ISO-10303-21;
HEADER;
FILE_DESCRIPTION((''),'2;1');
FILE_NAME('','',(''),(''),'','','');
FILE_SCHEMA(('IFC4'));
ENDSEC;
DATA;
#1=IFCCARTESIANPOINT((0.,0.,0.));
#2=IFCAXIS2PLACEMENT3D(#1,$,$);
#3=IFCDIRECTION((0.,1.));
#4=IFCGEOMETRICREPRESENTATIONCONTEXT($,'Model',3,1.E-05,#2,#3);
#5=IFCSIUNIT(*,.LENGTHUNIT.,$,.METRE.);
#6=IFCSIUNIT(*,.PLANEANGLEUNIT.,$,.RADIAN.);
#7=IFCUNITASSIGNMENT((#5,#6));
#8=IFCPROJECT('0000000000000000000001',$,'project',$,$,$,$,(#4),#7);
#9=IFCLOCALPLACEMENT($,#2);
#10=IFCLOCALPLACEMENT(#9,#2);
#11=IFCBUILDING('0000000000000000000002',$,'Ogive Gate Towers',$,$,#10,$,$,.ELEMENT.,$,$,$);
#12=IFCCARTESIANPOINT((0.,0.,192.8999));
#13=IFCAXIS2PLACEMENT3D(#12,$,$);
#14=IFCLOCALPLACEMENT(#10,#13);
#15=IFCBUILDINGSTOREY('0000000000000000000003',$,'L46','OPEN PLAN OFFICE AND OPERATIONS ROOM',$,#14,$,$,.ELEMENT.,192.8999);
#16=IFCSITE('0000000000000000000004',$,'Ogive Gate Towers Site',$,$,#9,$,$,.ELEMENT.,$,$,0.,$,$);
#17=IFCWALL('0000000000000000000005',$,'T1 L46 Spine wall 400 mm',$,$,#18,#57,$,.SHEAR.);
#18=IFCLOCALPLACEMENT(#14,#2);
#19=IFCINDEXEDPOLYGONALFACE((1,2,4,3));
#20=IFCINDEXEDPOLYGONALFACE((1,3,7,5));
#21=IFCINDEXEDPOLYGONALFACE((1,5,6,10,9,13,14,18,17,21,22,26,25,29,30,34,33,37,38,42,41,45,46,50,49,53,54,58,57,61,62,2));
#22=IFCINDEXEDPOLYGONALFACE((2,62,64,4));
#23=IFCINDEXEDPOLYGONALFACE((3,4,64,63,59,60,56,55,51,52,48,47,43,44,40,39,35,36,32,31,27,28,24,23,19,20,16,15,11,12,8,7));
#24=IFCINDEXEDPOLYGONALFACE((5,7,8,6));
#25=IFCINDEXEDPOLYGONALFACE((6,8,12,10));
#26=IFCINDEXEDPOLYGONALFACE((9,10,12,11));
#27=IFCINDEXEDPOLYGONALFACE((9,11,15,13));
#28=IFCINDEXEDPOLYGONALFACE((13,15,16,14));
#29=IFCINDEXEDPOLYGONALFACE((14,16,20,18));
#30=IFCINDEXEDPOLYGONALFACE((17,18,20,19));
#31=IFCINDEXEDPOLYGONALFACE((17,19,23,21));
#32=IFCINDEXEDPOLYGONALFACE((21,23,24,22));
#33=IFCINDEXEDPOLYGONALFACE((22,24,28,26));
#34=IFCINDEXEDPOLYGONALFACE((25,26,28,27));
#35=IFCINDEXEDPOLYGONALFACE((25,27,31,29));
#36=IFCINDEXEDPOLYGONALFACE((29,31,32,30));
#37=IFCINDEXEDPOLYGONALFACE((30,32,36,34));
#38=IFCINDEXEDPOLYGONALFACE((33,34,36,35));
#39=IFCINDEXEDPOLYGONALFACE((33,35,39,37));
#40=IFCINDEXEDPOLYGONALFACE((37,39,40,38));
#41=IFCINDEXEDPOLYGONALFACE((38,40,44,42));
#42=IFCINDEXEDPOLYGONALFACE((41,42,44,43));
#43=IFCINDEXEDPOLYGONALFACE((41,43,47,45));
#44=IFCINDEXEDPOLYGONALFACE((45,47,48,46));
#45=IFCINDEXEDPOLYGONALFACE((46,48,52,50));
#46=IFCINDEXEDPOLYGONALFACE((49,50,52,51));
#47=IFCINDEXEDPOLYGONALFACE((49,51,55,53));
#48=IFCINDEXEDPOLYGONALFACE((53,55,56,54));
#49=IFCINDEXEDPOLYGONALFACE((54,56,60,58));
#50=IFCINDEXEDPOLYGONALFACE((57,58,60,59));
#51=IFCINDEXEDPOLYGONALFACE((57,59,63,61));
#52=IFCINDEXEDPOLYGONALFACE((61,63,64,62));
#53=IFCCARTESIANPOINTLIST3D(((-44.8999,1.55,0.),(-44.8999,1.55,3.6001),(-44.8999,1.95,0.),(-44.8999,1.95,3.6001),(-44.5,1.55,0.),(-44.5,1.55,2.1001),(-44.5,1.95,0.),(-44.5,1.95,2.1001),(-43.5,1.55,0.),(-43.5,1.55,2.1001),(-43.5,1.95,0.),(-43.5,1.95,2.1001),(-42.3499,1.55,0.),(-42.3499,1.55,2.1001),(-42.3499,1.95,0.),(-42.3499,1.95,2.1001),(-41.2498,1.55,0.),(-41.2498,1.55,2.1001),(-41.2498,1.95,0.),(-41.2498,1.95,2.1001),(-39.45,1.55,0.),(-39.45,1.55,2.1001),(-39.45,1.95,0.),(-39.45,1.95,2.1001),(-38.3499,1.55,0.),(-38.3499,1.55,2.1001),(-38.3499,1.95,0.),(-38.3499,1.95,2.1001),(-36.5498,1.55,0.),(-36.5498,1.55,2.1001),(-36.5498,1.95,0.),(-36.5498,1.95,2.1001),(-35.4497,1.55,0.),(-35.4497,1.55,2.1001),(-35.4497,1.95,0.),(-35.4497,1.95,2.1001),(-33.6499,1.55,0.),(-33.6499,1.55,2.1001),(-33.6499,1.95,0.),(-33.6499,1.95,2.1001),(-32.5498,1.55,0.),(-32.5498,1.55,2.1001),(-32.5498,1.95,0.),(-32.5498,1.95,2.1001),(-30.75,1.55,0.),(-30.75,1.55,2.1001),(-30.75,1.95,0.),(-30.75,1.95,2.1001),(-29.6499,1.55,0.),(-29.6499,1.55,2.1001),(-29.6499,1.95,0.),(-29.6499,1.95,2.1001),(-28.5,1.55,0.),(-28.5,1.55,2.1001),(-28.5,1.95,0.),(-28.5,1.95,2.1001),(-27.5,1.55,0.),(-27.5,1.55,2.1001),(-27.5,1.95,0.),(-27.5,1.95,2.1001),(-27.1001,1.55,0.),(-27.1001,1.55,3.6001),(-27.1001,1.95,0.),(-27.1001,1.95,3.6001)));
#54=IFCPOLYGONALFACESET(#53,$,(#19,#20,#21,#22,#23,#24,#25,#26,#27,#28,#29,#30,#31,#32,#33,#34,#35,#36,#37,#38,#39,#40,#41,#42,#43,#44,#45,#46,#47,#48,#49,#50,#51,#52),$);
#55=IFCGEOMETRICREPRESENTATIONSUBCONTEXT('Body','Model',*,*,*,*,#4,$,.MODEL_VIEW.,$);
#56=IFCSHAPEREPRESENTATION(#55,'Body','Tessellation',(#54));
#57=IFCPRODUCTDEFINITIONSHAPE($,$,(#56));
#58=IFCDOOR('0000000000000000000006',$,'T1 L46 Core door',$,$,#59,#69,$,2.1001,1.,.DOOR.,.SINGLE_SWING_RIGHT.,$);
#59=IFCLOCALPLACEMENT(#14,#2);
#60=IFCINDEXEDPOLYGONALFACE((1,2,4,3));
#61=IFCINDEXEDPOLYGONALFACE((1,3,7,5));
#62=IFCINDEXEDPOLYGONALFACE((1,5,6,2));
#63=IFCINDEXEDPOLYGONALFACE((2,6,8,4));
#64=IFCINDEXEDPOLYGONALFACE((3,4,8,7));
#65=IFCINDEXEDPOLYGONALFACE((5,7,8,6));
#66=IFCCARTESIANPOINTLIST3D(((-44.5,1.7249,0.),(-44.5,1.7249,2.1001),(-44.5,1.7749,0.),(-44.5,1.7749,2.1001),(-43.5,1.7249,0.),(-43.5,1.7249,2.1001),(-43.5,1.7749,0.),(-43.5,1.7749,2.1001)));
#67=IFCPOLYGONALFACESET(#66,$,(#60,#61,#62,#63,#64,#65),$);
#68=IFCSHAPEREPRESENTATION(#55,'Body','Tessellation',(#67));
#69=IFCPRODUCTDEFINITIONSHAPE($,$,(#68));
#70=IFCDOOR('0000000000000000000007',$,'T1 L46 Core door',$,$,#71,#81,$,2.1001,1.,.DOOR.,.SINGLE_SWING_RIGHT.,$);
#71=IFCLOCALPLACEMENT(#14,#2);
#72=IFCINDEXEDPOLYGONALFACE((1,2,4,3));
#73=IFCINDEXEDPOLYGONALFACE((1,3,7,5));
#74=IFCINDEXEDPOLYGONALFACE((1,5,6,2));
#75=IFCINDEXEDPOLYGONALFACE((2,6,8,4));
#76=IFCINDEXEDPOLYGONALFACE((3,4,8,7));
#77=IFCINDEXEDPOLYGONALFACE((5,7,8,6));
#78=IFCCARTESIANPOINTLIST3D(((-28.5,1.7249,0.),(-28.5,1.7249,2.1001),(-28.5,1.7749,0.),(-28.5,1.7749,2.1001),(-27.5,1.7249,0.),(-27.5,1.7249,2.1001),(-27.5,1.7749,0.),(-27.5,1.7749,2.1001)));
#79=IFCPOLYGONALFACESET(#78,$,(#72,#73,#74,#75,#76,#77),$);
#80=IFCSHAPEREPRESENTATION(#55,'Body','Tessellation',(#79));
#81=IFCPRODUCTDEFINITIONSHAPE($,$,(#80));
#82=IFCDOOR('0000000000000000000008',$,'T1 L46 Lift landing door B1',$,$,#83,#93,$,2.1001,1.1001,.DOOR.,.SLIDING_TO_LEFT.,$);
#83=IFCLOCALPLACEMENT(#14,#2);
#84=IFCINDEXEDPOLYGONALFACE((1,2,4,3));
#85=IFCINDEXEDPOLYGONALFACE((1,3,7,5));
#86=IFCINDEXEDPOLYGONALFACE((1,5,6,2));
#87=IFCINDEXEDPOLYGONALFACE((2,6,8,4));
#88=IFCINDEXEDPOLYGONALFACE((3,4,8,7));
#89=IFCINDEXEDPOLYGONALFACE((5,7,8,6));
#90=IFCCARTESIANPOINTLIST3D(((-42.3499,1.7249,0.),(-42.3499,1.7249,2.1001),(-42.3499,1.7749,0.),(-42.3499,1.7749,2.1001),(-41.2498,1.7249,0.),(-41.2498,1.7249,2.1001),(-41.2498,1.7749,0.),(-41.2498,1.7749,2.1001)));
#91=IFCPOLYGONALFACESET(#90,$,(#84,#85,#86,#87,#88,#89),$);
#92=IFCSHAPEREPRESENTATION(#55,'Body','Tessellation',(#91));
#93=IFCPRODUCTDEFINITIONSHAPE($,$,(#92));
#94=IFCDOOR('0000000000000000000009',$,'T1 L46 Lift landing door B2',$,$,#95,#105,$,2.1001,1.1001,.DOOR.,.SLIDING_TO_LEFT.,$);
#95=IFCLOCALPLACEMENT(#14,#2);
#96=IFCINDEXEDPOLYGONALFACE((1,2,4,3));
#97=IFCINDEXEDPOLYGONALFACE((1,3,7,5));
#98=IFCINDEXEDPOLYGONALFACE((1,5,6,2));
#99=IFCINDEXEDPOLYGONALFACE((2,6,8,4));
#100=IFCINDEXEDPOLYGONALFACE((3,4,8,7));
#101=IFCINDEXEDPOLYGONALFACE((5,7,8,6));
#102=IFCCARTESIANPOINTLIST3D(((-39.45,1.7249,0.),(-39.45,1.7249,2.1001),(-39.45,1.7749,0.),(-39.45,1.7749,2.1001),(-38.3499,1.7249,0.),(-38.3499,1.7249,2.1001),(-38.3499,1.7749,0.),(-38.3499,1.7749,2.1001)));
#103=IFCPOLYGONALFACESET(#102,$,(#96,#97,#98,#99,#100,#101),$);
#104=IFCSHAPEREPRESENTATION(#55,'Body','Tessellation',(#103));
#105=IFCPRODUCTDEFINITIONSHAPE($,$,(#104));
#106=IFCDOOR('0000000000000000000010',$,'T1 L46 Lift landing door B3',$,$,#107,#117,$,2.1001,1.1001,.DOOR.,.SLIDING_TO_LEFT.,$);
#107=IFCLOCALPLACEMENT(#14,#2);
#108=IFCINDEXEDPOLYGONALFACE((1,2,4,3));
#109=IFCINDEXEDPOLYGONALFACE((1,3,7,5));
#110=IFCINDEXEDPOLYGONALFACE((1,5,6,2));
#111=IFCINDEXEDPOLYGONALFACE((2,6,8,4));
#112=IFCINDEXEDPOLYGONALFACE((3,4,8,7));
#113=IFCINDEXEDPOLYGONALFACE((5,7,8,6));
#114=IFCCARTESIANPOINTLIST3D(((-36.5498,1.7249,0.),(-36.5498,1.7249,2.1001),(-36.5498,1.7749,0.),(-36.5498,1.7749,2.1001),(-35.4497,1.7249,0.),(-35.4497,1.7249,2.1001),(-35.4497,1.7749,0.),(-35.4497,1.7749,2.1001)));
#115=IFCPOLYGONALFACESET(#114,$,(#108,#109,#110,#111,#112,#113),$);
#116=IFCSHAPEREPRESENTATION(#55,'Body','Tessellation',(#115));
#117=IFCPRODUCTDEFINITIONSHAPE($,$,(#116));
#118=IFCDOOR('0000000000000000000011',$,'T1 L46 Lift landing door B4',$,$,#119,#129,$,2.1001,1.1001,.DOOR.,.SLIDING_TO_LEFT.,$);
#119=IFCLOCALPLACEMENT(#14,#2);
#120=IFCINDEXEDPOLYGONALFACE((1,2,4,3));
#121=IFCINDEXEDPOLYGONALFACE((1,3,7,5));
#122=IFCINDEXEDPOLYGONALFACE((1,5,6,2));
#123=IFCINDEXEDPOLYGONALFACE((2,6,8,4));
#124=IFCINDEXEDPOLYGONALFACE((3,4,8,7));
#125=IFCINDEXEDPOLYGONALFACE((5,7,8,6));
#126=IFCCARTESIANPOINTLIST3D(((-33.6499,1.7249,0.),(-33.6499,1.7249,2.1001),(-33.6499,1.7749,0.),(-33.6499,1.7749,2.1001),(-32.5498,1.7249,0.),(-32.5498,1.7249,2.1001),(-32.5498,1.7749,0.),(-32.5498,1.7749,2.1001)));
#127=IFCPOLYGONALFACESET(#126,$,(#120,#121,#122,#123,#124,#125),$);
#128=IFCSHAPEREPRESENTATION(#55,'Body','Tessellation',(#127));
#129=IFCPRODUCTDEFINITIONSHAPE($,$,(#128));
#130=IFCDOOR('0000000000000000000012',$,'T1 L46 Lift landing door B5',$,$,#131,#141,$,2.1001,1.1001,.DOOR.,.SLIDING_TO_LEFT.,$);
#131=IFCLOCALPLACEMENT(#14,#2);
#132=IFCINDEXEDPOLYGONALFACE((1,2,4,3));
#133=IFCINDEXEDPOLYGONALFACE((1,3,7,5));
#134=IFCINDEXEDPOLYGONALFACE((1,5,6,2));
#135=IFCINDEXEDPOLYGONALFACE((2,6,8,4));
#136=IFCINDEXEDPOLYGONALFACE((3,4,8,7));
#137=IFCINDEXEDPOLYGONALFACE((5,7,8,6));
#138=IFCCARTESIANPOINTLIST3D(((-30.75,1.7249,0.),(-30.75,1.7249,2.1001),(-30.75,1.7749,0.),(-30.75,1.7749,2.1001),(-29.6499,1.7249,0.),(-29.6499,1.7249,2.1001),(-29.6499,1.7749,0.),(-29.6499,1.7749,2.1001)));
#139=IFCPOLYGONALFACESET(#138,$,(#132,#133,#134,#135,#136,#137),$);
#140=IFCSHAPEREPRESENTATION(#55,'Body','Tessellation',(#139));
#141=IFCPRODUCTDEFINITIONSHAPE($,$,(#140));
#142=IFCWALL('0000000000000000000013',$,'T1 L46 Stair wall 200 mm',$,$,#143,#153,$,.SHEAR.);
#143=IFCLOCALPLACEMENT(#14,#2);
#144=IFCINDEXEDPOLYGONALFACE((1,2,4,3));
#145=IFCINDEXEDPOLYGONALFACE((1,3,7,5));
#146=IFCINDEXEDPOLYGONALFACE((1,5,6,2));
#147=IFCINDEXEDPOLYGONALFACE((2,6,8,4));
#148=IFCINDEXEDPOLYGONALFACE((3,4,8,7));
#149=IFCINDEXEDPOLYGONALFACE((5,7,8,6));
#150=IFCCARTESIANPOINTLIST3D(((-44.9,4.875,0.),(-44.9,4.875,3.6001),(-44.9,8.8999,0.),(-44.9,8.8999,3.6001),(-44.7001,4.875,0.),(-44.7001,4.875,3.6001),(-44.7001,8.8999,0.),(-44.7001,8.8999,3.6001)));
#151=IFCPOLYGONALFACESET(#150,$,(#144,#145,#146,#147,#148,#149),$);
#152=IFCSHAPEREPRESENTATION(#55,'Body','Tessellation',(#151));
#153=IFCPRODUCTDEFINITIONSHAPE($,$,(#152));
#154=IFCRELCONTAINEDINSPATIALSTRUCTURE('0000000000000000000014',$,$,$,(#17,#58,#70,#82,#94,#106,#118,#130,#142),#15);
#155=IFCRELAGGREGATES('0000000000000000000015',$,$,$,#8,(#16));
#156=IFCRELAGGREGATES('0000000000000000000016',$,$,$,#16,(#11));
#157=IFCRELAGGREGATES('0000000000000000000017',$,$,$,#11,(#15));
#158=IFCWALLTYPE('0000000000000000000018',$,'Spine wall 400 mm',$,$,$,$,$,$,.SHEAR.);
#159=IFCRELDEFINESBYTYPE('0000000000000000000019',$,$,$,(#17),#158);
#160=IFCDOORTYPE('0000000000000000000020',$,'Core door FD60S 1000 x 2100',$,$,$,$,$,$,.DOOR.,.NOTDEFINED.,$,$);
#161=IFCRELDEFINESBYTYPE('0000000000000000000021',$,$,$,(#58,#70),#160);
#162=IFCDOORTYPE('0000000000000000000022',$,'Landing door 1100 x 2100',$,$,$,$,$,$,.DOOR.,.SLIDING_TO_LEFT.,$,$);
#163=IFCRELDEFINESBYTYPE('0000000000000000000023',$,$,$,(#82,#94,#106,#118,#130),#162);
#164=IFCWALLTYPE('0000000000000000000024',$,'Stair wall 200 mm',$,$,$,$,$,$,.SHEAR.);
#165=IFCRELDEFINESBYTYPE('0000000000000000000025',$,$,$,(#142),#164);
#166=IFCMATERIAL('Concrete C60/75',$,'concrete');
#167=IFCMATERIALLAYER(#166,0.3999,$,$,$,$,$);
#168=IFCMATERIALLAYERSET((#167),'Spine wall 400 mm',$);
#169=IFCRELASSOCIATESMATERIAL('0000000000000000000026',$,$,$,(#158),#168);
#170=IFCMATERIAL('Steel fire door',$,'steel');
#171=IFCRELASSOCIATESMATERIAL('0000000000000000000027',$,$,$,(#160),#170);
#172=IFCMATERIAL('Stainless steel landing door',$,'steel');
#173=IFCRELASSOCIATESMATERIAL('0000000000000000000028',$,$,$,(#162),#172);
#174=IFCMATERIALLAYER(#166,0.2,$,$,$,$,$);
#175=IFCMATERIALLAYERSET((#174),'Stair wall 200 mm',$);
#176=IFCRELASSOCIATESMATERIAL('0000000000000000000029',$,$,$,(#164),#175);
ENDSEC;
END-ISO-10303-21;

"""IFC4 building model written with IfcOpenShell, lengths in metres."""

from ifc_helpers import new_model, si_unit, direction, frame, frame_2d, origin, place, context, subcontext, project, spatial, rectangle, extrude, material, layer, layer_set, type_object, element, fill, save


model = new_model("IFC4")

# Units and contexts
model_context = context("Model", 3, precision=1e-05, world=origin(), true_north=direction((0.0, 1.0)))
body_context = subcontext(model_context, "Body", "Model", "MODEL_VIEW")
ifc_project = project(units=[si_unit("LENGTHUNIT", "METRE"), si_unit("PLANEANGLEUNIT", "RADIAN")], contexts=[model_context])

# Site, building, storey
site_placement = place(None, origin())
site = spatial("IfcSite", under=ifc_project, at=site_placement, Name="Ogive Gate Towers Site", CompositionType="ELEMENT", RefElevation=0.0)
building_placement = place(site_placement, origin())
building = spatial("IfcBuilding", under=site, at=building_placement, Name="Ogive Gate Towers", CompositionType="ELEMENT")
storey_placement = place(building_placement, frame((0.0, 0.0, 192.8999)))
storey = spatial("IfcBuildingStorey", under=building, at=storey_placement, Name="L46", Description="OPEN PLAN OFFICE AND OPERATIONS ROOM", CompositionType="ELEMENT", Elevation=192.8999)

# Shared definitions
ifc_material_1 = material(Name="Concrete C60/75", Category="concrete")

# Shared definitions
ifc_material_2 = material(Name="Steel fire door", Category="steel")

# Wall, openings, doors
ifc_layer_1 = layer(ifc_material_1, 0.3999)
ifc_layer_set_1 = layer_set([ifc_layer_1], Name="Spine wall 400 mm")
wall_type_1 = type_object("IfcWallType", Name="Spine wall 400 mm", PredefinedType="SHEAR", material=ifc_layer_set_1)
wall_1_placement = place(storey_placement, frame((-44.8999, 1.75, 0.0), z_axis=(0.0, 0.0, 1.0), x_axis=(1.0, 0.0, 0.0)))
wall_1 = element("IfcWall", 1, at=wall_1_placement, inside=storey, type_object=wall_type_1, Name="T1 L46 Spine wall 400 mm", PredefinedType="SHEAR", context=body_context, shape_type="SweptSolid", body=[
    extrude(rectangle(XDim=17.7998, YDim=0.3999, at=frame_2d((8.8999, 0.0))), origin(), (0.0, 0.0, 1.0), 3.6001),
])
opening_1_placement = place(wall_1_placement, frame((0.3999, 0.0, 0.0)))
opening_1 = element("IfcOpeningElement", 2, at=opening_1_placement, cuts=wall_1, PredefinedType="OPENING", context=body_context, shape_type="SweptSolid", body=[
    extrude(rectangle(XDim=1.0, YDim=2.1001, at=frame_2d((0.5, 1.05))), frame((0.0, 0.21, 0.0), z_axis=(0.0, -1.0, 0.0), x_axis=(1.0, 0.0, 0.0)), (0.0, 0.0, 1.0), 0.4199),
])
opening_2_placement = place(wall_1_placement, frame((2.55, 0.0, 0.0)))
opening_2 = element("IfcOpeningElement", 3, at=opening_2_placement, cuts=wall_1, PredefinedType="OPENING", context=body_context, shape_type="SweptSolid", body=[
    extrude(rectangle(XDim=1.1001, YDim=2.1001, at=frame_2d((0.55, 1.05))), frame((0.0, 0.21, 0.0), z_axis=(0.0, -1.0, 0.0), x_axis=(1.0, 0.0, 0.0)), (0.0, 0.0, 1.0), 0.4199),
])
opening_3_placement = place(wall_1_placement, frame((5.45, 0.0, 0.0)))
opening_3 = element("IfcOpeningElement", 4, at=opening_3_placement, cuts=wall_1, PredefinedType="OPENING", context=body_context, shape_type="SweptSolid", body=[
    extrude(rectangle(XDim=1.1001, YDim=2.1001, at=frame_2d((0.55, 1.05))), frame((0.0, 0.21, 0.0), z_axis=(0.0, -1.0, 0.0), x_axis=(1.0, 0.0, 0.0)), (0.0, 0.0, 1.0), 0.4199),
])
opening_4_placement = place(wall_1_placement, frame((8.3501, 0.0, 0.0)))
opening_4 = element("IfcOpeningElement", 5, at=opening_4_placement, cuts=wall_1, PredefinedType="OPENING", context=body_context, shape_type="SweptSolid", body=[
    extrude(rectangle(XDim=1.1001, YDim=2.1001, at=frame_2d((0.55, 1.05))), frame((0.0, 0.21, 0.0), z_axis=(0.0, -1.0, 0.0), x_axis=(1.0, 0.0, 0.0)), (0.0, 0.0, 1.0), 0.4199),
])
opening_5_placement = place(wall_1_placement, frame((11.25, 0.0, 0.0)))
opening_5 = element("IfcOpeningElement", 6, at=opening_5_placement, cuts=wall_1, PredefinedType="OPENING", context=body_context, shape_type="SweptSolid", body=[
    extrude(rectangle(XDim=1.1001, YDim=2.1001, at=frame_2d((0.55, 1.05))), frame((0.0, 0.21, 0.0), z_axis=(0.0, -1.0, 0.0), x_axis=(1.0, 0.0, 0.0)), (0.0, 0.0, 1.0), 0.4199),
])
opening_6_placement = place(wall_1_placement, frame((14.1499, 0.0, 0.0)))
opening_6 = element("IfcOpeningElement", 7, at=opening_6_placement, cuts=wall_1, PredefinedType="OPENING", context=body_context, shape_type="SweptSolid", body=[
    extrude(rectangle(XDim=1.1001, YDim=2.1001, at=frame_2d((0.55, 1.05))), frame((0.0, 0.21, 0.0), z_axis=(0.0, -1.0, 0.0), x_axis=(1.0, 0.0, 0.0)), (0.0, 0.0, 1.0), 0.4199),
])
opening_7_placement = place(wall_1_placement, frame((16.3999, 0.0, 0.0)))
opening_7 = element("IfcOpeningElement", 8, at=opening_7_placement, cuts=wall_1, PredefinedType="OPENING", context=body_context, shape_type="SweptSolid", body=[
    extrude(rectangle(XDim=1.0, YDim=2.1001, at=frame_2d((0.5, 1.05))), frame((0.0, 0.21, 0.0), z_axis=(0.0, -1.0, 0.0), x_axis=(1.0, 0.0, 0.0)), (0.0, 0.0, 1.0), 0.4199),
])
door_type_1 = type_object("IfcDoorType", Name="Core door FD60S 1000 x 2100", OperationType="NOTDEFINED", PredefinedType="DOOR", material=ifc_material_2)
door_1_placement = place(opening_1_placement, origin())
door_1 = element("IfcDoor", 9, at=door_1_placement, inside=storey, type_object=door_type_1, Name="T1 L46 Core door", OperationType="SINGLE_SWING_RIGHT", OverallHeight=2.1001, OverallWidth=1.0, PredefinedType="DOOR", context=body_context, shape_type="SweptSolid", body=[
    extrude(rectangle(XDim=1.0, YDim=2.1001, at=frame_2d((0.5, 1.05))), frame((0.0, 0.0249, 0.0), z_axis=(0.0, -1.0, 0.0), x_axis=(1.0, 0.0, 0.0)), (0.0, 0.0, 1.0), 0.05),
])
fill(opening_1, door_1)
door_2_placement = place(opening_7_placement, origin())
door_2 = element("IfcDoor", 10, at=door_2_placement, inside=storey, type_object=door_type_1, Name="T1 L46 Core door", OperationType="SINGLE_SWING_RIGHT", OverallHeight=2.1001, OverallWidth=1.0, PredefinedType="DOOR", context=body_context, shape_type="SweptSolid", body=[
    extrude(rectangle(XDim=1.0, YDim=2.1001, at=frame_2d((0.5, 1.05))), frame((0.0, 0.0249, 0.0), z_axis=(0.0, -1.0, 0.0), x_axis=(1.0, 0.0, 0.0)), (0.0, 0.0, 1.0), 0.05),
])
fill(opening_7, door_2)
ifc_material_3 = material(Name="Stainless steel landing door", Category="steel")
door_type_2 = type_object("IfcDoorType", Name="Landing door 1100 x 2100", OperationType="SLIDING_TO_LEFT", PredefinedType="DOOR", material=ifc_material_3)
door_3_placement = place(opening_2_placement, origin())
door_3 = element("IfcDoor", 11, at=door_3_placement, inside=storey, type_object=door_type_2, Name="T1 L46 Lift landing door B1", OperationType="SLIDING_TO_LEFT", OverallHeight=2.1001, OverallWidth=1.1001, PredefinedType="DOOR", context=body_context, shape_type="SweptSolid", body=[
    extrude(rectangle(XDim=1.1001, YDim=2.1001, at=frame_2d((0.55, 1.05))), frame((0.0, 0.0249, 0.0), z_axis=(0.0, -1.0, 0.0), x_axis=(1.0, 0.0, 0.0)), (0.0, 0.0, 1.0), 0.05),
])
fill(opening_2, door_3)
door_4_placement = place(opening_3_placement, origin())
door_4 = element("IfcDoor", 12, at=door_4_placement, inside=storey, type_object=door_type_2, Name="T1 L46 Lift landing door B2", OperationType="SLIDING_TO_LEFT", OverallHeight=2.1001, OverallWidth=1.1001, PredefinedType="DOOR", context=body_context, shape_type="SweptSolid", body=[
    extrude(rectangle(XDim=1.1001, YDim=2.1001, at=frame_2d((0.55, 1.05))), frame((0.0, 0.0249, 0.0), z_axis=(0.0, -1.0, 0.0), x_axis=(1.0, 0.0, 0.0)), (0.0, 0.0, 1.0), 0.05),
])
fill(opening_3, door_4)
door_5_placement = place(opening_4_placement, origin())
door_5 = element("IfcDoor", 13, at=door_5_placement, inside=storey, type_object=door_type_2, Name="T1 L46 Lift landing door B3", OperationType="SLIDING_TO_LEFT", OverallHeight=2.1001, OverallWidth=1.1001, PredefinedType="DOOR", context=body_context, shape_type="SweptSolid", body=[
    extrude(rectangle(XDim=1.1001, YDim=2.1001, at=frame_2d((0.55, 1.05))), frame((0.0, 0.0249, 0.0), z_axis=(0.0, -1.0, 0.0), x_axis=(1.0, 0.0, 0.0)), (0.0, 0.0, 1.0), 0.05),
])
fill(opening_4, door_5)
door_6_placement = place(opening_5_placement, origin())
door_6 = element("IfcDoor", 14, at=door_6_placement, inside=storey, type_object=door_type_2, Name="T1 L46 Lift landing door B4", OperationType="SLIDING_TO_LEFT", OverallHeight=2.1001, OverallWidth=1.1001, PredefinedType="DOOR", context=body_context, shape_type="SweptSolid", body=[
    extrude(rectangle(XDim=1.1001, YDim=2.1001, at=frame_2d((0.55, 1.05))), frame((0.0, 0.0249, 0.0), z_axis=(0.0, -1.0, 0.0), x_axis=(1.0, 0.0, 0.0)), (0.0, 0.0, 1.0), 0.05),
])
fill(opening_5, door_6)
door_7_placement = place(opening_6_placement, origin())
door_7 = element("IfcDoor", 15, at=door_7_placement, inside=storey, type_object=door_type_2, Name="T1 L46 Lift landing door B5", OperationType="SLIDING_TO_LEFT", OverallHeight=2.1001, OverallWidth=1.1001, PredefinedType="DOOR", context=body_context, shape_type="SweptSolid", body=[
    extrude(rectangle(XDim=1.1001, YDim=2.1001, at=frame_2d((0.55, 1.05))), frame((0.0, 0.0249, 0.0), z_axis=(0.0, -1.0, 0.0), x_axis=(1.0, 0.0, 0.0)), (0.0, 0.0, 1.0), 0.05),
])
fill(opening_6, door_7)

# Wall
ifc_layer_2 = layer(ifc_material_1, 0.2)
ifc_layer_set_2 = layer_set([ifc_layer_2], Name="Stair wall 200 mm")
wall_type_2 = type_object("IfcWallType", Name="Stair wall 200 mm", PredefinedType="SHEAR", material=ifc_layer_set_2)
wall_2_placement = place(storey_placement, frame((-44.8, 4.875, 0.0), z_axis=(0.0, 0.0, 1.0), x_axis=(0.0, 1.0, 0.0)))
element("IfcWall", 16, at=wall_2_placement, inside=storey, type_object=wall_type_2, Name="T1 L46 Stair wall 200 mm", PredefinedType="SHEAR", context=body_context, shape_type="SweptSolid", body=[
    extrude(rectangle(XDim=4.0249, YDim=0.2, at=frame_2d((2.0125, 0.0))), origin(), (0.0, 0.0, 1.0), 3.6001),
])

save(model, "model.ifc")
